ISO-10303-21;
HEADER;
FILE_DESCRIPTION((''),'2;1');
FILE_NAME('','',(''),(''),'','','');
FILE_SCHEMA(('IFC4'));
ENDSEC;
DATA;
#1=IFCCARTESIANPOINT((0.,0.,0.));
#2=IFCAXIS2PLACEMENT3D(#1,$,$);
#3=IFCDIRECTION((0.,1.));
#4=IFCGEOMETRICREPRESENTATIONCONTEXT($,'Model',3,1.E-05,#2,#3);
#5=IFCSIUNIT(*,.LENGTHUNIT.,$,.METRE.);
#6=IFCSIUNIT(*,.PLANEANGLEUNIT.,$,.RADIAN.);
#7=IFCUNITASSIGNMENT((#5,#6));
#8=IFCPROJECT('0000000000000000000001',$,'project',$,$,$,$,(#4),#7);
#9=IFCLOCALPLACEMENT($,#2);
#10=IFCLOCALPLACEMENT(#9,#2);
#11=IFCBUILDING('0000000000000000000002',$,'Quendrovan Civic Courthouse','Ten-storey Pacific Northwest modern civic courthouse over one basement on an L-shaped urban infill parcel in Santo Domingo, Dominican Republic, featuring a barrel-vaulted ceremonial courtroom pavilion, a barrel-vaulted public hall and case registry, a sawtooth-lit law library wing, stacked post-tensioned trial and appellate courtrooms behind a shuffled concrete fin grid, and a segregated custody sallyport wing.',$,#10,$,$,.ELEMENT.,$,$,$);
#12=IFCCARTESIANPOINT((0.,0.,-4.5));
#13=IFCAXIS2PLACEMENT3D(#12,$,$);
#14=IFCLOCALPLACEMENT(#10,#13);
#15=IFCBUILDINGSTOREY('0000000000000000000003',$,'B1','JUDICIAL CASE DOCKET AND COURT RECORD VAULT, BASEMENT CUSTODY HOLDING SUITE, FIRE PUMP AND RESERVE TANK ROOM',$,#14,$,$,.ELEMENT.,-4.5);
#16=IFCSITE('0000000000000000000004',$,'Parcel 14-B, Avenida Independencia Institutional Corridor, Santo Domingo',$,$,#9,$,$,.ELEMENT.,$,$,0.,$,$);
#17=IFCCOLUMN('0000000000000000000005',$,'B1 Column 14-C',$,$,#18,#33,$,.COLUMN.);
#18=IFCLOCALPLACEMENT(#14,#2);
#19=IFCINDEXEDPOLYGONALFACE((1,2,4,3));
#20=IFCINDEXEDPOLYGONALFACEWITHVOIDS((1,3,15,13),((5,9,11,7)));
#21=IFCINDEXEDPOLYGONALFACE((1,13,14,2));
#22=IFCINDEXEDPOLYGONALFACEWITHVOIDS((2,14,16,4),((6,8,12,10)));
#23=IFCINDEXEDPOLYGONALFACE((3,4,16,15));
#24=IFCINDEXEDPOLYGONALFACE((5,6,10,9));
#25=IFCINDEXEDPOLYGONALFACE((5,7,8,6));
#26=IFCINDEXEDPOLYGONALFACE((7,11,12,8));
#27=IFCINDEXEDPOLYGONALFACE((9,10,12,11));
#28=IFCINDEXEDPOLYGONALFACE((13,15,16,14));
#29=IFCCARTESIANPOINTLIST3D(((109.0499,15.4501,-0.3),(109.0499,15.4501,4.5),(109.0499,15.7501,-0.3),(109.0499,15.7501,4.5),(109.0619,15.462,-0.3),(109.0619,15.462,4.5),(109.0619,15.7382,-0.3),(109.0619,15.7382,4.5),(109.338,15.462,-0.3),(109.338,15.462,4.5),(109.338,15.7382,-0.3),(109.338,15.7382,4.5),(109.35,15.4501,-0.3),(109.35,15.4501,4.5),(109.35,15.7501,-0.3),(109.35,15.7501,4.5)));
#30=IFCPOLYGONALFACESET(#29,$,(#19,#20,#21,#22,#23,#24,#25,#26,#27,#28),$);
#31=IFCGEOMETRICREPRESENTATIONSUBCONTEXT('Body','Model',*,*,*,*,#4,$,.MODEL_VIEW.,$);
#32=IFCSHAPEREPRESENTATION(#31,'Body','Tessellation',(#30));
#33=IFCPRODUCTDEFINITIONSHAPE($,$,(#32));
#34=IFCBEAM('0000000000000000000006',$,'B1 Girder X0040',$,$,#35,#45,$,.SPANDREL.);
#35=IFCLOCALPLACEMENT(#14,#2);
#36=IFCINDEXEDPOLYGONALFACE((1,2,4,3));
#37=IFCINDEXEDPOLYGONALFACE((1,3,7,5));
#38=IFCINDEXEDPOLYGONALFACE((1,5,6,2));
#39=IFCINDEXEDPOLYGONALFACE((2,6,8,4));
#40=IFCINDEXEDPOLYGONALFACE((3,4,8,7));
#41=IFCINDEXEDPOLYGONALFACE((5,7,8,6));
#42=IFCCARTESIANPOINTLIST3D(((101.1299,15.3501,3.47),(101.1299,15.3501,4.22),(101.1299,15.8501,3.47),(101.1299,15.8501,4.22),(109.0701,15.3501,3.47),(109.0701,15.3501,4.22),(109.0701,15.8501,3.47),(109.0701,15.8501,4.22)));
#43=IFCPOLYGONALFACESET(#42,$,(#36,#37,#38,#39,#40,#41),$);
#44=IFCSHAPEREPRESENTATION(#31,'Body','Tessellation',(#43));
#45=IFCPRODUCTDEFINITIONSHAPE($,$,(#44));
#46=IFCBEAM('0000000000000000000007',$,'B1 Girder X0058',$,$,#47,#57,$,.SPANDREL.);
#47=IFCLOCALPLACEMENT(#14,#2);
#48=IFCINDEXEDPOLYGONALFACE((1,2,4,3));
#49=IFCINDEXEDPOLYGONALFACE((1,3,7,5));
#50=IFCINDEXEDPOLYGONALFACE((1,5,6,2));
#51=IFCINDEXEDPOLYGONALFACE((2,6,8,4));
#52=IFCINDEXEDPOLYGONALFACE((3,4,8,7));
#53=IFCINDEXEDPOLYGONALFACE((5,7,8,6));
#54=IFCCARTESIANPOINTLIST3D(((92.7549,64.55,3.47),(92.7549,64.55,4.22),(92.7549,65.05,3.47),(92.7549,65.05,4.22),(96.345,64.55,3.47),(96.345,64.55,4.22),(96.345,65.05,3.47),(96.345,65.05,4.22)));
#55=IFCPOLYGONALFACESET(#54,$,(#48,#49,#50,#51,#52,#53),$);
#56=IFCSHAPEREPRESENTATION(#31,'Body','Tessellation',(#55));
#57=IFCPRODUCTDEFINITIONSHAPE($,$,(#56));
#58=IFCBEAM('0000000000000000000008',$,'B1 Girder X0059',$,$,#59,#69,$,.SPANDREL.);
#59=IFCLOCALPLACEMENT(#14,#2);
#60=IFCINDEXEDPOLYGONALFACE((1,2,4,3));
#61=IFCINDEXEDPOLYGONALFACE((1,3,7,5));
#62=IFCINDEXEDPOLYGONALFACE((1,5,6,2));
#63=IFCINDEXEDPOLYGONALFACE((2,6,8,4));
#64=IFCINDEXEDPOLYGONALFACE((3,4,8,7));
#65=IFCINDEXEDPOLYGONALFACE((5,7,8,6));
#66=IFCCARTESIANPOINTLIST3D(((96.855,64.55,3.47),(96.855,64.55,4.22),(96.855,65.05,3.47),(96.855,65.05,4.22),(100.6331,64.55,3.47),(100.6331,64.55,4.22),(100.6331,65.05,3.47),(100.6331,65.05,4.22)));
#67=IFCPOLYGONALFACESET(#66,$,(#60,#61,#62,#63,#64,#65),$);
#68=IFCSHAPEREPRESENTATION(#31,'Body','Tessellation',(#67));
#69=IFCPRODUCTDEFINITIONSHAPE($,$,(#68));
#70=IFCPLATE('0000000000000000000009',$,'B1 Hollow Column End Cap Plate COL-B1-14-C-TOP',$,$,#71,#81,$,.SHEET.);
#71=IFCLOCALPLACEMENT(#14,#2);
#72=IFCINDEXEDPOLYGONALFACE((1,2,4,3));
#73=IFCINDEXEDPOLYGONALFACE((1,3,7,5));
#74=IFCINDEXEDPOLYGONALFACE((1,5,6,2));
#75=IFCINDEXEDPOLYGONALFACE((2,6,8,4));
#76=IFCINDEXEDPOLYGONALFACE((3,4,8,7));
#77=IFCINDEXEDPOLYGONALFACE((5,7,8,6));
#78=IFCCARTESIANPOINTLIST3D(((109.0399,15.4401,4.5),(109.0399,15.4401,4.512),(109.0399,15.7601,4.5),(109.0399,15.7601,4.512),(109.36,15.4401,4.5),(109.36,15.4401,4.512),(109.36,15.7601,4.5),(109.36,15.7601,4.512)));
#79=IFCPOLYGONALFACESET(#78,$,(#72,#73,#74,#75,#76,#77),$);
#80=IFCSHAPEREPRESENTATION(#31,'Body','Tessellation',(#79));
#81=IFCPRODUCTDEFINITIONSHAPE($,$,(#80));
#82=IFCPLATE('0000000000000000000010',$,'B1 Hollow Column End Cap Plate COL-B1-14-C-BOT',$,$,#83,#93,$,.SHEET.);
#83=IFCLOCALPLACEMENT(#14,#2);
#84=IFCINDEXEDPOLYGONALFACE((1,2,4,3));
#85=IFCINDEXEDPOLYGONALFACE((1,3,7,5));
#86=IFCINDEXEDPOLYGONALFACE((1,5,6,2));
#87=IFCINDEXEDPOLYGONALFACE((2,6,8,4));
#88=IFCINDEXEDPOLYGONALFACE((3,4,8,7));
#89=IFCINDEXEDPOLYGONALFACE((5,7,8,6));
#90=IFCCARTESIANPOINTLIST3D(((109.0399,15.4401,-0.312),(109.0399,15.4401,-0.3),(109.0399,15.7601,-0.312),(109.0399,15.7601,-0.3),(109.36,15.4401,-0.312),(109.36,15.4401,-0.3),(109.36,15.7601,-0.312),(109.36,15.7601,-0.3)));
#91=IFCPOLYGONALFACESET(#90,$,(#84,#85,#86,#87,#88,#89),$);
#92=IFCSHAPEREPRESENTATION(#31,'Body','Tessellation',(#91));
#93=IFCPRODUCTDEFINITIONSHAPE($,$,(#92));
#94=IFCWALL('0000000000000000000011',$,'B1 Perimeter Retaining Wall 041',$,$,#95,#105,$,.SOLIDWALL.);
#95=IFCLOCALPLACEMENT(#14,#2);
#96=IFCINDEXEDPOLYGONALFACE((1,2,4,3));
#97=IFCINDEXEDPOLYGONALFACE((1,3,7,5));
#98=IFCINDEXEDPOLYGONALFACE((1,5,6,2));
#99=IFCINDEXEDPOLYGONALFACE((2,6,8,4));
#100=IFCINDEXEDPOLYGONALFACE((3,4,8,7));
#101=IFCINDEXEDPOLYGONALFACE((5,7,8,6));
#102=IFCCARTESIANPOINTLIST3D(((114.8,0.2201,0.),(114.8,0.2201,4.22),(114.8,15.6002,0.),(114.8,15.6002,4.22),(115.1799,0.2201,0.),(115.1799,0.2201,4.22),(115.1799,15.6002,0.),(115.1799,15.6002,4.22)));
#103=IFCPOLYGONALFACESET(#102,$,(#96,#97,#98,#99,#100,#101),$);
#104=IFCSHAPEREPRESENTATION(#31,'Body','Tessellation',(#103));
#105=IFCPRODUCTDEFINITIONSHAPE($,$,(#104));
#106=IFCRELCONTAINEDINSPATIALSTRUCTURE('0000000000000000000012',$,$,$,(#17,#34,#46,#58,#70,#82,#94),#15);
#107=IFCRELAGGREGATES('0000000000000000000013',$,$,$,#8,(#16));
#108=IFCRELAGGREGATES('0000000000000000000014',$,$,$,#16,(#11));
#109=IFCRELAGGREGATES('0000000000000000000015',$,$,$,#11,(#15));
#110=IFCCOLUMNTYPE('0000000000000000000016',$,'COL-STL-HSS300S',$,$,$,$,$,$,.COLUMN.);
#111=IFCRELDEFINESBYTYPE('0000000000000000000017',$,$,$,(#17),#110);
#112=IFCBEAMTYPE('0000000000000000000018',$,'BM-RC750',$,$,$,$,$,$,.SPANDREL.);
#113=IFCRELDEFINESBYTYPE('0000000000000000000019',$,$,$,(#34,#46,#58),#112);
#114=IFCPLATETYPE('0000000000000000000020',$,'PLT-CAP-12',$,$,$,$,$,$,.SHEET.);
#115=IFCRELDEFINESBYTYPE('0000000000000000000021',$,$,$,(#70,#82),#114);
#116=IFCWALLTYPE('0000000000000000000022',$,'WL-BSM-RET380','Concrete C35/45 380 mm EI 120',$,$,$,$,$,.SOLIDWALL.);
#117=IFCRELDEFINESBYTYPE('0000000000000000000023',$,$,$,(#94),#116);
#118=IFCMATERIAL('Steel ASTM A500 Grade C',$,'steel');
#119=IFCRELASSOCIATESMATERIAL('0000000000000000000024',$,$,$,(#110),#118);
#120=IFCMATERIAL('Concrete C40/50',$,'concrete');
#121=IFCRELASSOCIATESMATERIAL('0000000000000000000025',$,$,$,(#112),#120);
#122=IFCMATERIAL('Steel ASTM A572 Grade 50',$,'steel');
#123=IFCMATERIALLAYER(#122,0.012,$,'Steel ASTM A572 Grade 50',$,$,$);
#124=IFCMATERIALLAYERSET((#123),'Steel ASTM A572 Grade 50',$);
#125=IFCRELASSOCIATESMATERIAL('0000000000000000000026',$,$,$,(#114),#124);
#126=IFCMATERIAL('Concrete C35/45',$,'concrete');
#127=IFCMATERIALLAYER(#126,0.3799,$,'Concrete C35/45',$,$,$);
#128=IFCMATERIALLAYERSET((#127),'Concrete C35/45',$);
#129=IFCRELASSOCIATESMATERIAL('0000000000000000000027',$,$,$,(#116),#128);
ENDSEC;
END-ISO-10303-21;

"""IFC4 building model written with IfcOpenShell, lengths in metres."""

from ifc_helpers import new_model, si_unit, direction, frame, frame_2d, origin, origin_2d, place, context, subcontext, project, spatial, rectangle, hollow_rectangle, extrude, material, layer, layer_set, material_profile, profile_set, type_object, element, save


model = new_model("IFC4")

# Units and contexts
model_context = context("Model", 3, precision=1e-05, world=origin(), true_north=direction((0.0, 1.0)))
body_context = subcontext(model_context, "Body", "Model", "MODEL_VIEW")
ifc_project = project(units=[si_unit("LENGTHUNIT", "METRE"), si_unit("PLANEANGLEUNIT", "RADIAN")], contexts=[model_context])

# Site, building, storey
site_placement = place(None, origin())
site = spatial("IfcSite", under=ifc_project, at=site_placement, Name="Parcel 14-B, Avenida Independencia Institutional Corridor, Santo Domingo", CompositionType="ELEMENT", RefElevation=0.0)
building_placement = place(site_placement, origin())
building = spatial("IfcBuilding", under=site, at=building_placement, Name="Quendrovan Civic Courthouse", Description="Ten-storey Pacific Northwest modern civic courthouse over one basement on an L-shaped urban infill parcel in Santo Domingo, Dominican Republic, featuring a barrel-vaulted ceremonial courtroom pavilion, a barrel-vaulted public hall and case registry, a sawtooth-lit law library wing, stacked post-tensioned trial and appellate courtrooms behind a shuffled concrete fin grid, and a segregated custody sallyport wing.", CompositionType="ELEMENT")
storey_placement = place(building_placement, frame((0.0, 0.0, -4.5)))
storey = spatial("IfcBuildingStorey", under=building, at=storey_placement, Name="B1", Description="JUDICIAL CASE DOCKET AND COURT RECORD VAULT, BASEMENT CUSTODY HOLDING SUITE, FIRE PUMP AND RESERVE TANK ROOM", CompositionType="ELEMENT", Elevation=-4.5)

# Shared definitions
ifc_material_1 = material(Name="Concrete C35/45", Category="concrete")

# Column
ifc_material_2 = material(Name="Steel ASTM A500 Grade C", Category="steel")
ifc_material_profile_1 = material_profile(ifc_material_2, hollow_rectangle(XDim=0.3, YDim=0.3, WallThickness=0.012, at=origin_2d()), Name="HSS300x300x12")
ifc_profile_set_1 = profile_set([ifc_material_profile_1], Name="Steel ASTM A500 Grade C")
column_type_1 = type_object("IfcColumnType", Name="COL-STL-HSS300S", PredefinedType="COLUMN", material=ifc_profile_set_1)
column_1_placement = place(storey_placement, frame((109.2, 15.6001, -0.3), z_axis=(0.0, 0.0, 1.0), x_axis=(1.0, 0.0, 0.0)))
element("IfcColumn", 1, at=column_1_placement, inside=storey, type_object=column_type_1, Name="B1 Column 14-C", PredefinedType="COLUMN", context=body_context, shape_type="SweptSolid", body=[
    extrude(hollow_rectangle(XDim=0.3, YDim=0.3, WallThickness=0.012, at=origin_2d()), origin(), (0.0, 0.0, 1.0), 4.8),
])

# Beams
ifc_material_3 = material(Name="Concrete C40/50", Category="concrete")
ifc_material_profile_2 = material_profile(ifc_material_3, rectangle(XDim=0.5, YDim=0.75, at=origin_2d()), Name="RC-BM-500x750")
ifc_profile_set_2 = profile_set([ifc_material_profile_2], Name="Concrete C40/50")
beam_type = type_object("IfcBeamType", Name="BM-RC750", PredefinedType="SPANDREL", material=ifc_profile_set_2)
beam_1_placement = place(storey_placement, frame((101.1299, 15.6001, 3.845), z_axis=(1.0, 0.0, 0.0), x_axis=(0.0, 1.0, 0.0)))
element("IfcBeam", 2, at=beam_1_placement, inside=storey, type_object=beam_type, Name="B1 Girder X0040", PredefinedType="SPANDREL", context=body_context, shape_type="SweptSolid", body=[
    extrude(rectangle(XDim=0.5, YDim=0.75, at=origin_2d()), origin(), (0.0, 0.0, 1.0), 7.9402),
])
beam_2_placement = place(storey_placement, frame((92.7549, 64.8, 3.845), z_axis=(1.0, 0.0, 0.0), x_axis=(0.0, 1.0, 0.0)))
element("IfcBeam", 3, at=beam_2_placement, inside=storey, type_object=beam_type, Name="B1 Girder X0058", PredefinedType="SPANDREL", context=body_context, shape_type="SweptSolid", body=[
    extrude(rectangle(XDim=0.5, YDim=0.75, at=origin_2d()), origin(), (0.0, 0.0, 1.0), 3.5901),
])
beam_3_placement = place(storey_placement, frame((96.855, 64.8, 3.845), z_axis=(1.0, 0.0, 0.0), x_axis=(0.0, 1.0, 0.0)))
element("IfcBeam", 4, at=beam_3_placement, inside=storey, type_object=beam_type, Name="B1 Girder X0059", PredefinedType="SPANDREL", context=body_context, shape_type="SweptSolid", body=[
    extrude(rectangle(XDim=0.5, YDim=0.75, at=origin_2d()), origin(), (0.0, 0.0, 1.0), 3.7781),
])

# Plates
ifc_material_4 = material(Name="Steel ASTM A572 Grade 50", Category="steel")
ifc_layer_1 = layer(ifc_material_4, 0.012, Name="Steel ASTM A572 Grade 50")
ifc_layer_set_1 = layer_set([ifc_layer_1], Name="Steel ASTM A572 Grade 50")
plate_type = type_object("IfcPlateType", Name="PLT-CAP-12", PredefinedType="SHEET", material=ifc_layer_set_1)
for number, where, z_axis, x_axis, name in (
    (5, (109.2, 15.6001, 4.5), (0.0, 0.0, 1.0), (1.0, 0.0, 0.0), "B1 Hollow Column End Cap Plate COL-B1-14-C-TOP"),
    (6, (109.2, 15.6001, -0.312), (0.0, 0.0, 1.0), (1.0, 0.0, 0.0), "B1 Hollow Column End Cap Plate COL-B1-14-C-BOT"),
):
    element("IfcPlate", number, at=place(storey_placement, frame(where, z_axis=z_axis, x_axis=x_axis)), inside=storey, type_object=plate_type, Name=name, PredefinedType="SHEET", context=body_context, shape_type="SweptSolid", body=[
        extrude(rectangle(XDim=0.3201, YDim=0.3201, at=origin_2d()), origin(), (0.0, 0.0, 1.0), 0.012),
    ])

# Wall
ifc_layer_2 = layer(ifc_material_1, 0.3799, Name="Concrete C35/45")
ifc_layer_set_2 = layer_set([ifc_layer_2], Name="Concrete C35/45")
wall_type = type_object("IfcWallType", Name="WL-BSM-RET380", Description="Concrete C35/45 380 mm EI 120", PredefinedType="SOLIDWALL", material=ifc_layer_set_2)
wall_placement = place(storey_placement, frame((114.99, 15.6001, 0.0), z_axis=(0.0, 0.0, 1.0), x_axis=(0.0, -1.0, 0.0)))
element("IfcWall", 7, at=wall_placement, inside=storey, type_object=wall_type, Name="B1 Perimeter Retaining Wall 041", PredefinedType="SOLIDWALL", context=body_context, shape_type="SweptSolid", body=[
    extrude(rectangle(XDim=15.3801, YDim=0.3799, at=frame_2d((7.6899, 0.0))), origin(), (0.0, 0.0, 1.0), 4.22),
])

save(model, "model.ifc")
